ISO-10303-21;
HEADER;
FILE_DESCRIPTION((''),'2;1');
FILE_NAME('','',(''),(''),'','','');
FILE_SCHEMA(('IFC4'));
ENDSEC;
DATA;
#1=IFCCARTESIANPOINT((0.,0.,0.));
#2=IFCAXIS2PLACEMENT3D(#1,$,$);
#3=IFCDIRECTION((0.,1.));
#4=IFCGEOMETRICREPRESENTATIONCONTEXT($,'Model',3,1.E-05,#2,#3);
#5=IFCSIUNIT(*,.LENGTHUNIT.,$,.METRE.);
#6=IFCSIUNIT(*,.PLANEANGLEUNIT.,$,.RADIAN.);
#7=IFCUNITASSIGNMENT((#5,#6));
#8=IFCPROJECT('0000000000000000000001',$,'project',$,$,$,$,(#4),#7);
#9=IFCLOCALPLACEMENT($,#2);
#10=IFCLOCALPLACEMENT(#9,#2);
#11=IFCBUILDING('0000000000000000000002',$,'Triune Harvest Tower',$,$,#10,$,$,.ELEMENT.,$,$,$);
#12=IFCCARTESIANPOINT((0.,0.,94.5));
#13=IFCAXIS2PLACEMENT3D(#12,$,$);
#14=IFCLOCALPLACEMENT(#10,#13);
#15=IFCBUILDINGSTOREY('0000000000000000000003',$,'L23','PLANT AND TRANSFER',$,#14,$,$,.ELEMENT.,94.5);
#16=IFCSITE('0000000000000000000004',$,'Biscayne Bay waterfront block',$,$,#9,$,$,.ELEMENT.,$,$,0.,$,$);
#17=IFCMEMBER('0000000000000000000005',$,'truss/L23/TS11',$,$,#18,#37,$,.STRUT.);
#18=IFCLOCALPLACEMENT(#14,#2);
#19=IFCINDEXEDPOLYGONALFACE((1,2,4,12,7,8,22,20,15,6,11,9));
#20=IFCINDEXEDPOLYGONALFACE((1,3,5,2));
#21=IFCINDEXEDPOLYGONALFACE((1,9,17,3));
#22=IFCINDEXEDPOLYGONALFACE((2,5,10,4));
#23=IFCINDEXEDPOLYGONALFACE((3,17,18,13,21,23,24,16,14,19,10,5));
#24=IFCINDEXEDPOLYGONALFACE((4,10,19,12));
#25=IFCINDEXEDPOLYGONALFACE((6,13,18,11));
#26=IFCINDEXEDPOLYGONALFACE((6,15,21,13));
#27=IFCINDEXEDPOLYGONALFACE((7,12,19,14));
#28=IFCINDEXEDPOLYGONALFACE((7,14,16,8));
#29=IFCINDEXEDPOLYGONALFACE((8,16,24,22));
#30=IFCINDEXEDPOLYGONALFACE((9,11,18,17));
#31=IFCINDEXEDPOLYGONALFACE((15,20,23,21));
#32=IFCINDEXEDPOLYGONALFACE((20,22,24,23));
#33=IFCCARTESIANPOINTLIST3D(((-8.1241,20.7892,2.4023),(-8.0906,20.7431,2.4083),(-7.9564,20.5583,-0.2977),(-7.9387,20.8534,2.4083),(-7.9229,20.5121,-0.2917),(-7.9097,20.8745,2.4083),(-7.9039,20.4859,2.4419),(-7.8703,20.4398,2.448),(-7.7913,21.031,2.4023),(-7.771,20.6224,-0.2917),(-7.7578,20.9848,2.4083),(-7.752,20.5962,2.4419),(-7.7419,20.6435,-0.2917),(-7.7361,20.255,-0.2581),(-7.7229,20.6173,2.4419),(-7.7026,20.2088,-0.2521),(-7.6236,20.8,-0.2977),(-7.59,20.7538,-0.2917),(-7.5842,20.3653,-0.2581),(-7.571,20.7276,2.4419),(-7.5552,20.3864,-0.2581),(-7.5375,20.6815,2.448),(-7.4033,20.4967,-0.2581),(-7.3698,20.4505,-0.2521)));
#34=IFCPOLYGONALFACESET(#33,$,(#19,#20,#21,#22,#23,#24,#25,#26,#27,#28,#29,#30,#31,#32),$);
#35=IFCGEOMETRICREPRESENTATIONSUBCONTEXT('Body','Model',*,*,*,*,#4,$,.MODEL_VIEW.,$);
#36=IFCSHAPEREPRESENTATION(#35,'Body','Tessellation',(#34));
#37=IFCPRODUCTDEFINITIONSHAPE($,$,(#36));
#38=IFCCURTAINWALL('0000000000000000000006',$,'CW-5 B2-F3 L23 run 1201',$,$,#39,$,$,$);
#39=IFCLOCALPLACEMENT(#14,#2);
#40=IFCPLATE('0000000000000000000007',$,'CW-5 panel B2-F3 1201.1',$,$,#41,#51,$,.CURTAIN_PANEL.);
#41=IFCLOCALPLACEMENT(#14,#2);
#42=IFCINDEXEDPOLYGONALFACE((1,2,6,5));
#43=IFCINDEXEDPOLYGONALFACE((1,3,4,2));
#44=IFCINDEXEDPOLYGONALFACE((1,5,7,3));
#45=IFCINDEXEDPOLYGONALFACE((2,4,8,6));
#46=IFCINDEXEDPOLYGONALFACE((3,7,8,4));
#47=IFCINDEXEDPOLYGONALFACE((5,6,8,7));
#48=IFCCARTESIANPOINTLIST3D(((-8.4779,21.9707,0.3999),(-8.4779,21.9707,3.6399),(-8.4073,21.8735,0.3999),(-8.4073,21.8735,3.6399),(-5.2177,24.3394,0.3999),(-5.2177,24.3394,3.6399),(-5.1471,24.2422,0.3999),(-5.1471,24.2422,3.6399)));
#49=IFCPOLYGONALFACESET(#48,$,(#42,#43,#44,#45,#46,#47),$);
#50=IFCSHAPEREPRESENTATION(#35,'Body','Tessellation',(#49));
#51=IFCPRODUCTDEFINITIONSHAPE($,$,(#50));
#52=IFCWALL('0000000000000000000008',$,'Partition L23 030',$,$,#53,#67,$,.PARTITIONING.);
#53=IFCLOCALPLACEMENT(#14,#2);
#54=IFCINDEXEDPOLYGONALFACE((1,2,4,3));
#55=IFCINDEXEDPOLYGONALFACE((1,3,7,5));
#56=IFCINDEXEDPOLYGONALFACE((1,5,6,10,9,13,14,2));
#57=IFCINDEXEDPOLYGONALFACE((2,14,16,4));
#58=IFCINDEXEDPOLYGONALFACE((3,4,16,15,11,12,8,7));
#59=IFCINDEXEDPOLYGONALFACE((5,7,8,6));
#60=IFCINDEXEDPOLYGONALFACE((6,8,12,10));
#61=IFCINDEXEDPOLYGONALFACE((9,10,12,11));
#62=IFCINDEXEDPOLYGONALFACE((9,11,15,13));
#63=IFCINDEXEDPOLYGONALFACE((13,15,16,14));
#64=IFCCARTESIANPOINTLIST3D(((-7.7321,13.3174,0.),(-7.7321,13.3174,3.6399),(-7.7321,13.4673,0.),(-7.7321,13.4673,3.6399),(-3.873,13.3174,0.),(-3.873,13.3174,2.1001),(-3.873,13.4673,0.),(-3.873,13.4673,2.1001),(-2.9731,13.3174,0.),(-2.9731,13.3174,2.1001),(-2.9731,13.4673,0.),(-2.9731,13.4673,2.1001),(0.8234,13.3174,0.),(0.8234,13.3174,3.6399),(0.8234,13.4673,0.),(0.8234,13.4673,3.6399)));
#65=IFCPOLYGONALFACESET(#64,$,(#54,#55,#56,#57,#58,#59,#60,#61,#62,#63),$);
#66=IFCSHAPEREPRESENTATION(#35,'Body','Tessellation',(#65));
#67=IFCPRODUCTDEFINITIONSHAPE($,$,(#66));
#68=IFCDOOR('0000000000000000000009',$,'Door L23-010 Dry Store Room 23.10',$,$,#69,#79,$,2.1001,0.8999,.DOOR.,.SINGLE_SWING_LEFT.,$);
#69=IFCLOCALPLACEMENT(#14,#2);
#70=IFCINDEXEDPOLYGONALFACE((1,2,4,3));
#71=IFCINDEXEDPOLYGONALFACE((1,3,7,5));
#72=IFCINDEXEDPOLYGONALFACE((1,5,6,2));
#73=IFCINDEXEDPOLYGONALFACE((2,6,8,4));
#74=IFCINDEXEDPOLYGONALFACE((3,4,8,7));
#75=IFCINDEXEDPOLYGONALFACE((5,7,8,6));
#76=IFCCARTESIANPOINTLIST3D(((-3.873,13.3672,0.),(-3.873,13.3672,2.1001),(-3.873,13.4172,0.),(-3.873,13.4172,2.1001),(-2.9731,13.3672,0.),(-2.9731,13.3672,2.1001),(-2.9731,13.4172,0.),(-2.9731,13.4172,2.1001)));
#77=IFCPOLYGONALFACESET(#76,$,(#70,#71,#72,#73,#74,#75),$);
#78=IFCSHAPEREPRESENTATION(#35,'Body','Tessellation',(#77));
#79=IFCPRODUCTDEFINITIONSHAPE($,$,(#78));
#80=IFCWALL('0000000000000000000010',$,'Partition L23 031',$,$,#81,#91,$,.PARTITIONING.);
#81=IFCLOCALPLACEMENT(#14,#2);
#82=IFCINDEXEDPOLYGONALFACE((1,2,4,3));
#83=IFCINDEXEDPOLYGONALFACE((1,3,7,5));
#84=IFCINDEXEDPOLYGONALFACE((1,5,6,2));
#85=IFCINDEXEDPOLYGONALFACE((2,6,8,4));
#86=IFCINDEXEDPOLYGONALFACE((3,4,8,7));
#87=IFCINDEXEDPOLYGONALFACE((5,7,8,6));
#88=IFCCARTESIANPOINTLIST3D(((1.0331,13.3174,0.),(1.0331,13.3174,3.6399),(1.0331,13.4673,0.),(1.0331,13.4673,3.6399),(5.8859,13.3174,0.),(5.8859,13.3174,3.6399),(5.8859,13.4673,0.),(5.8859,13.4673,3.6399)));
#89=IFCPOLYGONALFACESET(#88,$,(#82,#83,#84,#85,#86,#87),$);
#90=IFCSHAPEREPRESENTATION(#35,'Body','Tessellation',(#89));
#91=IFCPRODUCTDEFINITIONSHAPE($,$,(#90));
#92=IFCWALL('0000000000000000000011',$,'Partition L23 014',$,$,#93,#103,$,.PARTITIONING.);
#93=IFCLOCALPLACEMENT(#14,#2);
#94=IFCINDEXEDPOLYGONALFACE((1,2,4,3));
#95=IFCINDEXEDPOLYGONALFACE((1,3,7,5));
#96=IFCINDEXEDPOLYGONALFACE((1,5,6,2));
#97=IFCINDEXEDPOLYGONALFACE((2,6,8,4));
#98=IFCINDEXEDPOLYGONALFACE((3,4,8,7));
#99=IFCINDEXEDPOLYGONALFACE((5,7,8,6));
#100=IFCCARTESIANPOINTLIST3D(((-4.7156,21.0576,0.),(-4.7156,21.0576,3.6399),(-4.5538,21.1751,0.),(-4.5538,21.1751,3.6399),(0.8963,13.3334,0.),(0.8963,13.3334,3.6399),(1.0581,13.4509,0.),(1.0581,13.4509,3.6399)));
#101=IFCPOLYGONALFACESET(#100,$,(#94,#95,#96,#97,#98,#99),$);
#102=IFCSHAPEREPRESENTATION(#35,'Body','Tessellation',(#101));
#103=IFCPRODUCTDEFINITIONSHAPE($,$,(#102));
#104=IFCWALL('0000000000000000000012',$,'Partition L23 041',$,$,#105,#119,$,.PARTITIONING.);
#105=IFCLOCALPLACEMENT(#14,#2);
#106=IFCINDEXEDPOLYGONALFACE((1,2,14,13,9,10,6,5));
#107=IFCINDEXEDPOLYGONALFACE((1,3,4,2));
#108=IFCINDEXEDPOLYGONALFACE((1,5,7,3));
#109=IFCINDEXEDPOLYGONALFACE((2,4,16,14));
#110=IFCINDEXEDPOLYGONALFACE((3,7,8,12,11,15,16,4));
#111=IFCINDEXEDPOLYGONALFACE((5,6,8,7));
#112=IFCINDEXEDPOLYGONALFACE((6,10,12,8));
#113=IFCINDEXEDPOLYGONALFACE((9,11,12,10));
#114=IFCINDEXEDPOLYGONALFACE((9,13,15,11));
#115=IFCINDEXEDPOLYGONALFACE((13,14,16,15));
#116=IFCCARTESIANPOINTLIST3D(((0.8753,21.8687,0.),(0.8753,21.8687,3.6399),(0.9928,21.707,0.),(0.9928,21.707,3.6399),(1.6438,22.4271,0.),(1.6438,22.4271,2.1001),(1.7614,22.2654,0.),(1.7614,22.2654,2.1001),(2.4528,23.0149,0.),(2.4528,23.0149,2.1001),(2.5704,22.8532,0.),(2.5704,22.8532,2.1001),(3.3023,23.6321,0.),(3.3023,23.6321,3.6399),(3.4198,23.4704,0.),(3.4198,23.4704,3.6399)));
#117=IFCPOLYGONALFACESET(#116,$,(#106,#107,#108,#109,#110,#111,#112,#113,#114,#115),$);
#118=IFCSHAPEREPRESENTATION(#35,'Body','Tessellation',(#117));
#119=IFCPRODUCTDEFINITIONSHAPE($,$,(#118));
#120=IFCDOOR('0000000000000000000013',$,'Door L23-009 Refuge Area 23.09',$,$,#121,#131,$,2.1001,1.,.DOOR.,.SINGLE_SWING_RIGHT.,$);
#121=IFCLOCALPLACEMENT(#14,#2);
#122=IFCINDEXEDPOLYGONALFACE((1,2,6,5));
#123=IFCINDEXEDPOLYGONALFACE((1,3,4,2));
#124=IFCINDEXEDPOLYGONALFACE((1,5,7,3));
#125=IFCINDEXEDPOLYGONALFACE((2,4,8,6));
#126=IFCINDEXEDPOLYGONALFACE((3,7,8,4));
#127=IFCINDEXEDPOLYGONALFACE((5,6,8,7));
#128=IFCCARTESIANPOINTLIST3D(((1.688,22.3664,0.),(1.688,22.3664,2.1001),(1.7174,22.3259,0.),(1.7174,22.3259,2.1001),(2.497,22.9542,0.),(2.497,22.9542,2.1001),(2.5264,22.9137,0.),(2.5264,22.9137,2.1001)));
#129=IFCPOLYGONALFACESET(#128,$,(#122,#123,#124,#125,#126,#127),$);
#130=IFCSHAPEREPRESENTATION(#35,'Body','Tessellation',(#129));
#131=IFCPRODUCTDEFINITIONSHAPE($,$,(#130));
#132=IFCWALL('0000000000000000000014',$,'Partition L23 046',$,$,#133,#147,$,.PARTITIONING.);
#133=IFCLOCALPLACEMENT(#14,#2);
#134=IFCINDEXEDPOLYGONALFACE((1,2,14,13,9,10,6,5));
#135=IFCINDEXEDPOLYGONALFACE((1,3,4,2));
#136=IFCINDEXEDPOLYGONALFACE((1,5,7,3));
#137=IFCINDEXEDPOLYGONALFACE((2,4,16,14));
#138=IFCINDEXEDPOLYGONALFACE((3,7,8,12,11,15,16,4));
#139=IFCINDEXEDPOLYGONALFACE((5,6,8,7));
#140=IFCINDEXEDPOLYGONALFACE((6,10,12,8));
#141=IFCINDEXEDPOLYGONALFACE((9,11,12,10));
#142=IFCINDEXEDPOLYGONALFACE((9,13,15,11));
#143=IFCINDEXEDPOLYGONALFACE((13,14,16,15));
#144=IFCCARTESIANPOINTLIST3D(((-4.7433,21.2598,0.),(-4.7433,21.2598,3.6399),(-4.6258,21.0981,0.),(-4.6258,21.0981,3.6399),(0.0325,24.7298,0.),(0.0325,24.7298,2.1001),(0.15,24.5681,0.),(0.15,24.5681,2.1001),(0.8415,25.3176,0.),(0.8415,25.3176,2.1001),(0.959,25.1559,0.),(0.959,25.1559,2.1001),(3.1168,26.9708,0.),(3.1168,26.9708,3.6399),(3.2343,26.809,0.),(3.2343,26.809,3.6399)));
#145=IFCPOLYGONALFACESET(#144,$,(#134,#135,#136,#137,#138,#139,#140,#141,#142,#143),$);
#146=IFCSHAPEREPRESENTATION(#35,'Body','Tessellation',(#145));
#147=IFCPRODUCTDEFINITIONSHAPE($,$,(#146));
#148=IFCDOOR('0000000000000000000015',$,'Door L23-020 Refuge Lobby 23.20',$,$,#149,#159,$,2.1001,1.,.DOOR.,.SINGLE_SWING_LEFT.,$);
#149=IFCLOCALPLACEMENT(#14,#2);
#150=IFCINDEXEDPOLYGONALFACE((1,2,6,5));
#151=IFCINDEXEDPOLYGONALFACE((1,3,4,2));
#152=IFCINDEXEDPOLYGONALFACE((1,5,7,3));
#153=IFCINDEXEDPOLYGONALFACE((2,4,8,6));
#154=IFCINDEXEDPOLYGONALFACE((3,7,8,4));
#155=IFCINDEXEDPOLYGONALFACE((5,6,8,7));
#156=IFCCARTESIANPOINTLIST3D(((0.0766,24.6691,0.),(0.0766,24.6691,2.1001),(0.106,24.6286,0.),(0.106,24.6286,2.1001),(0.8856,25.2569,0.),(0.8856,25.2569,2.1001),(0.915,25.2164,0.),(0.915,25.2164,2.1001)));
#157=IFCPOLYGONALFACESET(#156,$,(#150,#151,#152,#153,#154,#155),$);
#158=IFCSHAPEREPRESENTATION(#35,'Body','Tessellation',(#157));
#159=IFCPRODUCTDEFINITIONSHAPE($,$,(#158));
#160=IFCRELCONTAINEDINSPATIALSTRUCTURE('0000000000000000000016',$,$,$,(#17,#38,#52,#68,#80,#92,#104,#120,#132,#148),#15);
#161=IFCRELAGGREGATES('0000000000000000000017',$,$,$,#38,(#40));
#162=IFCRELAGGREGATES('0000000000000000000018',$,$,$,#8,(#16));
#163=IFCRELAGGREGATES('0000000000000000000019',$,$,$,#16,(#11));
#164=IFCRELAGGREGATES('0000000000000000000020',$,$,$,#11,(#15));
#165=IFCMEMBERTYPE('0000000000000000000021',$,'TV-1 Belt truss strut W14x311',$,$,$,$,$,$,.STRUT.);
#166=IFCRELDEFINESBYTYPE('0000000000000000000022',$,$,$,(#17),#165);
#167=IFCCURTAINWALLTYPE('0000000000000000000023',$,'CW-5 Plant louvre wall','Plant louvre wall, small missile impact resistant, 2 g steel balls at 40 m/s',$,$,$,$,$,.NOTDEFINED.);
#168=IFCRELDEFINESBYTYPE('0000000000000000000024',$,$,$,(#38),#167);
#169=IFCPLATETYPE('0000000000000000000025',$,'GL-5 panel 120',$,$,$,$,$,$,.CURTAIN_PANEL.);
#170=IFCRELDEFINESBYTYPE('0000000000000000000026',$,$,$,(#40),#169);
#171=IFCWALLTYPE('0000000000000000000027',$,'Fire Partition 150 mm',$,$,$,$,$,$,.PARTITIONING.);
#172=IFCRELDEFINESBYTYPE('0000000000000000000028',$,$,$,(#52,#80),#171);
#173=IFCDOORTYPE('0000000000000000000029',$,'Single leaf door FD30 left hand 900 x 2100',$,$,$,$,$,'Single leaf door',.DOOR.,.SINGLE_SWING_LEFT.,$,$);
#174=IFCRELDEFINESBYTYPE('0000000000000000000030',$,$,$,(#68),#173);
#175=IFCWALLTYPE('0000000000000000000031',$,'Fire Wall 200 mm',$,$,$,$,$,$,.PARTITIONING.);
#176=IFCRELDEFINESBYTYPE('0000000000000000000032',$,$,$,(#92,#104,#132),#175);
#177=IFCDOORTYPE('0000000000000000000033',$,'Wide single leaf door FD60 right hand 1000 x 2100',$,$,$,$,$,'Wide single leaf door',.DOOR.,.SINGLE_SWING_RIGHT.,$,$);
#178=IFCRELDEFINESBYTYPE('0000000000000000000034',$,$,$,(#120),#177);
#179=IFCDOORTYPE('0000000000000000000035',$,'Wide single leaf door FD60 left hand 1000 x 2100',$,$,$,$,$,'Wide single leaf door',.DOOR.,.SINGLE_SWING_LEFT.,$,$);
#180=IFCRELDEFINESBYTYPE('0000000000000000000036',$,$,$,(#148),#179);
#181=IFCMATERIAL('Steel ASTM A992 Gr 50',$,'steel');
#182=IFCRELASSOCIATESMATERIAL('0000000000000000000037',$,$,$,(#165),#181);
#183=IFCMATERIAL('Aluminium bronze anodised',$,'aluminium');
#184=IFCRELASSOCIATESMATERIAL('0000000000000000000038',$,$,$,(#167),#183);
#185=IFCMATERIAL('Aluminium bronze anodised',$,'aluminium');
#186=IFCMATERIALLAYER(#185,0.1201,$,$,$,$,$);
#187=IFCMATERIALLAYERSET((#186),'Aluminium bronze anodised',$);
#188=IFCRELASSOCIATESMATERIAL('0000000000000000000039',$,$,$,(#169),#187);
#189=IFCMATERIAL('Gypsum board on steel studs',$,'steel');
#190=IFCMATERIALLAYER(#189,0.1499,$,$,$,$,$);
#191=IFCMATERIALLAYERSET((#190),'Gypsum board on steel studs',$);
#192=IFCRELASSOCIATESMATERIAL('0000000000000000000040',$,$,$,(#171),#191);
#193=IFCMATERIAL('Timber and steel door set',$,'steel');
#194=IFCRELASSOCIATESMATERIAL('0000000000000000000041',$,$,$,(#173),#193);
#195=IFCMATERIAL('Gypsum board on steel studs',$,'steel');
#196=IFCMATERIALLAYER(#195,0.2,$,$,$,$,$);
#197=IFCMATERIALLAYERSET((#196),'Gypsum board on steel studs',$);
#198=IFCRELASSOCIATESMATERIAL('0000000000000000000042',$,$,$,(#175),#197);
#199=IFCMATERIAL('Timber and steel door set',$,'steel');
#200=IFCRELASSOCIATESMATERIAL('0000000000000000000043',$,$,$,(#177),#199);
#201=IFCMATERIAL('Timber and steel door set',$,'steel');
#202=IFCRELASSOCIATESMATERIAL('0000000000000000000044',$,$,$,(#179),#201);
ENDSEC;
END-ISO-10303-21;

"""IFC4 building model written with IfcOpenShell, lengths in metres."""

from ifc_helpers import new_model, si_unit, direction, frame, frame_2d, origin, origin_2d, place, context, subcontext, project, spatial, rectangle, i_section, extrude, source, transform, mapped, material, layer, layer_set, material_profile, profile_set, type_object, element, fill, aggregate, save


model = new_model("IFC4")

# Units and contexts
model_context = context("Model", 3, precision=1e-05, world=origin(), true_north=direction((0.0, 1.0)))
body_context = subcontext(model_context, "Body", "Model", "MODEL_VIEW")
ifc_project = project(units=[si_unit("LENGTHUNIT", "METRE"), si_unit("PLANEANGLEUNIT", "RADIAN")], contexts=[model_context])

# Site, building, storey
site_placement = place(None, origin())
site = spatial("IfcSite", under=ifc_project, at=site_placement, Name="Biscayne Bay waterfront block", CompositionType="ELEMENT", RefElevation=0.0)
building_placement = place(site_placement, origin())
building = spatial("IfcBuilding", under=site, at=building_placement, Name="Triune Harvest Tower", CompositionType="ELEMENT")
storey_placement = place(building_placement, frame((0.0, 0.0, 94.5)))
storey = spatial("IfcBuildingStorey", under=building, at=storey_placement, Name="L23", Description="PLANT AND TRANSFER", CompositionType="ELEMENT", Elevation=94.5)

# Member
ifc_material_1 = material(Name="Steel ASTM A992 Gr 50", Category="steel")
ifc_material_profile_1 = material_profile(ifc_material_1, i_section(OverallWidth=0.4114, OverallDepth=0.4343, WebThickness=0.0359, FlangeThickness=0.0574, at=origin_2d()), Name="W14x311")
ifc_profile_set_1 = profile_set([ifc_material_profile_1], Name="Steel ASTM A992 Gr 50")
member_type_1 = type_object("IfcMemberType", Name="TV-1 Belt truss strut W14x311", PredefinedType="STRUT", material=ifc_profile_set_1)
shared_shape_1 = source(origin(), body_context, "Body", "SweptSolid", [
    extrude(i_section(OverallWidth=0.4114, OverallDepth=0.4343, WebThickness=0.0359, FlangeThickness=0.0574, at=origin_2d()), origin(), (0.0, 0.0, 1.0), 2.7151),
])
member_1_placement = place(storey_placement, frame((-7.6631, 20.5044, -0.2749), z_axis=(-0.061777, 0.085067, 0.994458), x_axis=(-0.809143, -0.587612, 0.0)))
element("IfcMember", 1, at=member_1_placement, inside=storey, type_object=member_type_1, Name="truss/L23/TS11", PredefinedType="STRUT", context=body_context, shape_type="MappedRepresentation", body=[
    mapped(shared_shape_1, transform((0.0, 0.0, 0.0), scale=1.0)),
])

# Curtain wall, plate
ifc_material_2 = material(Name="Aluminium bronze anodised", Category="aluminium")
curtain_wall_type = type_object("IfcCurtainWallType", Name="CW-5 Plant louvre wall", Description="Plant louvre wall, small missile impact resistant, 2 g steel balls at 40 m/s", PredefinedType="NOTDEFINED", material=ifc_material_2)
curtain_wall_placement = place(storey_placement, origin())
curtain_wall = element("IfcCurtainWall", 2, at=curtain_wall_placement, inside=storey, type_object=curtain_wall_type, Name="CW-5 B2-F3 L23 run 1201")
ifc_material_3 = material(Name="Aluminium bronze anodised", Category="aluminium")
ifc_layer_1 = layer(ifc_material_3, 0.1201)
ifc_layer_set_1 = layer_set([ifc_layer_1], Name="Aluminium bronze anodised")
plate_type = type_object("IfcPlateType", Name="GL-5 panel 120", PredefinedType="CURTAIN_PANEL", material=ifc_layer_set_1)
shared_shape_2 = source(origin(), body_context, "Body", "SweptSolid", [
    extrude(rectangle(XDim=4.0298, YDim=0.1201, at=origin_2d()), origin(), (0.0, 0.0, 1.0), 3.24),
])
plate_placement = place(storey_placement, frame((-6.8125, 23.1064, 0.3999), z_axis=(0.0, 0.0, 1.0), x_axis=(-0.809016, -0.587786, 0.0)))
plate = element("IfcPlate", 3, at=plate_placement, type_object=plate_type, Name="CW-5 panel B2-F3 1201.1", PredefinedType="CURTAIN_PANEL", context=body_context, shape_type="MappedRepresentation", body=[
    mapped(shared_shape_2, transform((0.0, 0.0, 0.0), scale=1.0)),
])
aggregate(curtain_wall, [plate])

# Wall, opening, door
ifc_material_4 = material(Name="Gypsum board on steel studs", Category="steel")
ifc_layer_2 = layer(ifc_material_4, 0.1499)
ifc_layer_set_2 = layer_set([ifc_layer_2], Name="Gypsum board on steel studs")
wall_type_1 = type_object("IfcWallType", Name="Fire Partition 150 mm", PredefinedType="PARTITIONING", material=ifc_layer_set_2)
wall_1_placement = place(storey_placement, frame((-7.7322, 13.3923, 0.0), z_axis=(0.0, 0.0, 1.0), x_axis=(1.0, 0.0, 0.0)))
wall_1 = element("IfcWall", 4, at=wall_1_placement, inside=storey, type_object=wall_type_1, Name="Partition L23 030", PredefinedType="PARTITIONING", context=body_context, shape_type="SweptSolid", body=[
    extrude(rectangle(XDim=8.5554, YDim=0.1499, at=frame_2d((4.2778, 0.0))), origin(), (0.0, 0.0, 1.0), 3.6399),
])
opening_1_placement = place(wall_1_placement, frame((3.8591, 0.0, 0.0)))
opening_1 = element("IfcOpeningElement", 5, at=opening_1_placement, cuts=wall_1, PredefinedType="OPENING", context=body_context, shape_type="SweptSolid", body=[
    extrude(rectangle(XDim=0.8999, YDim=2.1001, at=frame_2d((0.45, 1.05))), frame((0.0, 0.085, 0.0), z_axis=(0.0, -1.0, 0.0), x_axis=(1.0, 0.0, 0.0)), (0.0, 0.0, 1.0), 0.1699),
])
ifc_material_5 = material(Name="Timber and steel door set", Category="steel")
door_type_1 = type_object("IfcDoorType", Name="Single leaf door FD30 left hand 900 x 2100", ElementType="Single leaf door", OperationType="SINGLE_SWING_LEFT", PredefinedType="DOOR", material=ifc_material_5)
door_1_placement = place(opening_1_placement, origin())
door_1 = element("IfcDoor", 6, at=door_1_placement, inside=storey, type_object=door_type_1, Name="Door L23-010 Dry Store Room 23.10", OperationType="SINGLE_SWING_LEFT", OverallHeight=2.1001, OverallWidth=0.8999, PredefinedType="DOOR", context=body_context, shape_type="SweptSolid", body=[
    extrude(rectangle(XDim=0.8999, YDim=2.1001, at=frame_2d((0.45, 1.05))), frame((0.0, 0.0249, 0.0), z_axis=(0.0, -1.0, 0.0), x_axis=(1.0, 0.0, 0.0)), (0.0, 0.0, 1.0), 0.05),
])
fill(opening_1, door_1)

# Walls
wall_2_placement = place(storey_placement, frame((1.0332, 13.3923, 0.0), z_axis=(0.0, 0.0, 1.0), x_axis=(1.0, 0.0, 0.0)))
element("IfcWall", 7, at=wall_2_placement, inside=storey, type_object=wall_type_1, Name="Partition L23 031", PredefinedType="PARTITIONING", context=body_context, shape_type="SweptSolid", body=[
    extrude(rectangle(XDim=4.8528, YDim=0.1499, at=frame_2d((2.4263, 0.0))), origin(), (0.0, 0.0, 1.0), 3.6399),
])
ifc_material_6 = material(Name="Gypsum board on steel studs", Category="steel")
ifc_layer_3 = layer(ifc_material_6, 0.2)
ifc_layer_set_3 = layer_set([ifc_layer_3], Name="Gypsum board on steel studs")
wall_type_2 = type_object("IfcWallType", Name="Fire Wall 200 mm", PredefinedType="PARTITIONING", material=ifc_layer_set_3)
wall_3_placement = place(storey_placement, frame((-4.6348, 21.1165, 0.0), z_axis=(0.0, 0.0, 1.0), x_axis=(0.587779, -0.809021, 0.0)))
element("IfcWall", 8, at=wall_3_placement, inside=storey, type_object=wall_type_2, Name="Partition L23 014", PredefinedType="PARTITIONING", context=body_context, shape_type="SweptSolid", body=[
    extrude(rectangle(XDim=9.5476, YDim=0.2, at=frame_2d((4.7739, 0.0))), origin(), (0.0, 0.0, 1.0), 3.6399),
])

# Walls, openings, doors
wall_4_placement = place(storey_placement, frame((0.9341, 21.7878, 0.0), z_axis=(0.0, 0.0, 1.0), x_axis=(0.809, 0.587809, 0.0)))
wall_4 = element("IfcWall", 9, at=wall_4_placement, inside=storey, type_object=wall_type_2, Name="Partition L23 041", PredefinedType="PARTITIONING", context=body_context, shape_type="SweptSolid", body=[
    extrude(rectangle(XDim=3.0, YDim=0.2, at=frame_2d((1.5, 0.0))), origin(), (0.0, 0.0, 1.0), 3.6399),
])
opening_2_placement = place(wall_4_placement, frame((0.95, 0.0, 0.0)))
opening_2 = element("IfcOpeningElement", 10, at=opening_2_placement, cuts=wall_4, PredefinedType="OPENING", context=body_context, shape_type="SweptSolid", body=[
    extrude(rectangle(XDim=1.0, YDim=2.1001, at=frame_2d((0.5, 1.05))), frame((0.0, 0.1099, 0.0), z_axis=(0.0, -1.0, 0.0), x_axis=(1.0, 0.0, 0.0)), (0.0, 0.0, 1.0), 0.22),
])
ifc_material_7 = material(Name="Timber and steel door set", Category="steel")
door_type_2 = type_object("IfcDoorType", Name="Wide single leaf door FD60 right hand 1000 x 2100", ElementType="Wide single leaf door", OperationType="SINGLE_SWING_RIGHT", PredefinedType="DOOR", material=ifc_material_7)
door_2_placement = place(opening_2_placement, origin())
door_2 = element("IfcDoor", 11, at=door_2_placement, inside=storey, type_object=door_type_2, Name="Door L23-009 Refuge Area 23.09", OperationType="SINGLE_SWING_RIGHT", OverallHeight=2.1001, OverallWidth=1.0, PredefinedType="DOOR", context=body_context, shape_type="SweptSolid", body=[
    extrude(rectangle(XDim=1.0, YDim=2.1001, at=frame_2d((0.5, 1.05))), frame((0.0, 0.0249, 0.0), z_axis=(0.0, -1.0, 0.0), x_axis=(1.0, 0.0, 0.0)), (0.0, 0.0, 1.0), 0.05),
])
fill(opening_2, door_2)
wall_5_placement = place(storey_placement, frame((-4.6846, 21.179, 0.0), z_axis=(0.0, 0.0, 1.0), x_axis=(0.809005, 0.587801, 0.0)))
wall_5 = element("IfcWall", 12, at=wall_5_placement, inside=storey, type_object=wall_type_2, Name="Partition L23 046", PredefinedType="PARTITIONING", context=body_context, shape_type="SweptSolid", body=[
    extrude(rectangle(XDim=9.7158, YDim=0.2, at=frame_2d((4.8579, 0.0))), origin(), (0.0, 0.0, 1.0), 3.6399),
])
opening_3_placement = place(wall_5_placement, frame((5.9033, 0.0, 0.0)))
opening_3 = element("IfcOpeningElement", 13, at=opening_3_placement, cuts=wall_5, PredefinedType="OPENING", context=body_context, shape_type="SweptSolid", body=[
    extrude(rectangle(XDim=1.0, YDim=2.1001, at=frame_2d((0.5, 1.05))), frame((0.0, 0.1099, 0.0), z_axis=(0.0, -1.0, 0.0), x_axis=(1.0, 0.0, 0.0)), (0.0, 0.0, 1.0), 0.22),
])
ifc_material_8 = material(Name="Timber and steel door set", Category="steel")
door_type_3 = type_object("IfcDoorType", Name="Wide single leaf door FD60 left hand 1000 x 2100", ElementType="Wide single leaf door", OperationType="SINGLE_SWING_LEFT", PredefinedType="DOOR", material=ifc_material_8)
door_3_placement = place(opening_3_placement, origin())
door_3 = element("IfcDoor", 14, at=door_3_placement, inside=storey, type_object=door_type_3, Name="Door L23-020 Refuge Lobby 23.20", OperationType="SINGLE_SWING_LEFT", OverallHeight=2.1001, OverallWidth=1.0, PredefinedType="DOOR", context=body_context, shape_type="SweptSolid", body=[
    extrude(rectangle(XDim=1.0, YDim=2.1001, at=frame_2d((0.5, 1.05))), frame((0.0, 0.0249, 0.0), z_axis=(0.0, -1.0, 0.0), x_axis=(1.0, 0.0, 0.0)), (0.0, 0.0, 1.0), 0.05),
])
fill(opening_3, door_3)

save(model, "model.ifc")
